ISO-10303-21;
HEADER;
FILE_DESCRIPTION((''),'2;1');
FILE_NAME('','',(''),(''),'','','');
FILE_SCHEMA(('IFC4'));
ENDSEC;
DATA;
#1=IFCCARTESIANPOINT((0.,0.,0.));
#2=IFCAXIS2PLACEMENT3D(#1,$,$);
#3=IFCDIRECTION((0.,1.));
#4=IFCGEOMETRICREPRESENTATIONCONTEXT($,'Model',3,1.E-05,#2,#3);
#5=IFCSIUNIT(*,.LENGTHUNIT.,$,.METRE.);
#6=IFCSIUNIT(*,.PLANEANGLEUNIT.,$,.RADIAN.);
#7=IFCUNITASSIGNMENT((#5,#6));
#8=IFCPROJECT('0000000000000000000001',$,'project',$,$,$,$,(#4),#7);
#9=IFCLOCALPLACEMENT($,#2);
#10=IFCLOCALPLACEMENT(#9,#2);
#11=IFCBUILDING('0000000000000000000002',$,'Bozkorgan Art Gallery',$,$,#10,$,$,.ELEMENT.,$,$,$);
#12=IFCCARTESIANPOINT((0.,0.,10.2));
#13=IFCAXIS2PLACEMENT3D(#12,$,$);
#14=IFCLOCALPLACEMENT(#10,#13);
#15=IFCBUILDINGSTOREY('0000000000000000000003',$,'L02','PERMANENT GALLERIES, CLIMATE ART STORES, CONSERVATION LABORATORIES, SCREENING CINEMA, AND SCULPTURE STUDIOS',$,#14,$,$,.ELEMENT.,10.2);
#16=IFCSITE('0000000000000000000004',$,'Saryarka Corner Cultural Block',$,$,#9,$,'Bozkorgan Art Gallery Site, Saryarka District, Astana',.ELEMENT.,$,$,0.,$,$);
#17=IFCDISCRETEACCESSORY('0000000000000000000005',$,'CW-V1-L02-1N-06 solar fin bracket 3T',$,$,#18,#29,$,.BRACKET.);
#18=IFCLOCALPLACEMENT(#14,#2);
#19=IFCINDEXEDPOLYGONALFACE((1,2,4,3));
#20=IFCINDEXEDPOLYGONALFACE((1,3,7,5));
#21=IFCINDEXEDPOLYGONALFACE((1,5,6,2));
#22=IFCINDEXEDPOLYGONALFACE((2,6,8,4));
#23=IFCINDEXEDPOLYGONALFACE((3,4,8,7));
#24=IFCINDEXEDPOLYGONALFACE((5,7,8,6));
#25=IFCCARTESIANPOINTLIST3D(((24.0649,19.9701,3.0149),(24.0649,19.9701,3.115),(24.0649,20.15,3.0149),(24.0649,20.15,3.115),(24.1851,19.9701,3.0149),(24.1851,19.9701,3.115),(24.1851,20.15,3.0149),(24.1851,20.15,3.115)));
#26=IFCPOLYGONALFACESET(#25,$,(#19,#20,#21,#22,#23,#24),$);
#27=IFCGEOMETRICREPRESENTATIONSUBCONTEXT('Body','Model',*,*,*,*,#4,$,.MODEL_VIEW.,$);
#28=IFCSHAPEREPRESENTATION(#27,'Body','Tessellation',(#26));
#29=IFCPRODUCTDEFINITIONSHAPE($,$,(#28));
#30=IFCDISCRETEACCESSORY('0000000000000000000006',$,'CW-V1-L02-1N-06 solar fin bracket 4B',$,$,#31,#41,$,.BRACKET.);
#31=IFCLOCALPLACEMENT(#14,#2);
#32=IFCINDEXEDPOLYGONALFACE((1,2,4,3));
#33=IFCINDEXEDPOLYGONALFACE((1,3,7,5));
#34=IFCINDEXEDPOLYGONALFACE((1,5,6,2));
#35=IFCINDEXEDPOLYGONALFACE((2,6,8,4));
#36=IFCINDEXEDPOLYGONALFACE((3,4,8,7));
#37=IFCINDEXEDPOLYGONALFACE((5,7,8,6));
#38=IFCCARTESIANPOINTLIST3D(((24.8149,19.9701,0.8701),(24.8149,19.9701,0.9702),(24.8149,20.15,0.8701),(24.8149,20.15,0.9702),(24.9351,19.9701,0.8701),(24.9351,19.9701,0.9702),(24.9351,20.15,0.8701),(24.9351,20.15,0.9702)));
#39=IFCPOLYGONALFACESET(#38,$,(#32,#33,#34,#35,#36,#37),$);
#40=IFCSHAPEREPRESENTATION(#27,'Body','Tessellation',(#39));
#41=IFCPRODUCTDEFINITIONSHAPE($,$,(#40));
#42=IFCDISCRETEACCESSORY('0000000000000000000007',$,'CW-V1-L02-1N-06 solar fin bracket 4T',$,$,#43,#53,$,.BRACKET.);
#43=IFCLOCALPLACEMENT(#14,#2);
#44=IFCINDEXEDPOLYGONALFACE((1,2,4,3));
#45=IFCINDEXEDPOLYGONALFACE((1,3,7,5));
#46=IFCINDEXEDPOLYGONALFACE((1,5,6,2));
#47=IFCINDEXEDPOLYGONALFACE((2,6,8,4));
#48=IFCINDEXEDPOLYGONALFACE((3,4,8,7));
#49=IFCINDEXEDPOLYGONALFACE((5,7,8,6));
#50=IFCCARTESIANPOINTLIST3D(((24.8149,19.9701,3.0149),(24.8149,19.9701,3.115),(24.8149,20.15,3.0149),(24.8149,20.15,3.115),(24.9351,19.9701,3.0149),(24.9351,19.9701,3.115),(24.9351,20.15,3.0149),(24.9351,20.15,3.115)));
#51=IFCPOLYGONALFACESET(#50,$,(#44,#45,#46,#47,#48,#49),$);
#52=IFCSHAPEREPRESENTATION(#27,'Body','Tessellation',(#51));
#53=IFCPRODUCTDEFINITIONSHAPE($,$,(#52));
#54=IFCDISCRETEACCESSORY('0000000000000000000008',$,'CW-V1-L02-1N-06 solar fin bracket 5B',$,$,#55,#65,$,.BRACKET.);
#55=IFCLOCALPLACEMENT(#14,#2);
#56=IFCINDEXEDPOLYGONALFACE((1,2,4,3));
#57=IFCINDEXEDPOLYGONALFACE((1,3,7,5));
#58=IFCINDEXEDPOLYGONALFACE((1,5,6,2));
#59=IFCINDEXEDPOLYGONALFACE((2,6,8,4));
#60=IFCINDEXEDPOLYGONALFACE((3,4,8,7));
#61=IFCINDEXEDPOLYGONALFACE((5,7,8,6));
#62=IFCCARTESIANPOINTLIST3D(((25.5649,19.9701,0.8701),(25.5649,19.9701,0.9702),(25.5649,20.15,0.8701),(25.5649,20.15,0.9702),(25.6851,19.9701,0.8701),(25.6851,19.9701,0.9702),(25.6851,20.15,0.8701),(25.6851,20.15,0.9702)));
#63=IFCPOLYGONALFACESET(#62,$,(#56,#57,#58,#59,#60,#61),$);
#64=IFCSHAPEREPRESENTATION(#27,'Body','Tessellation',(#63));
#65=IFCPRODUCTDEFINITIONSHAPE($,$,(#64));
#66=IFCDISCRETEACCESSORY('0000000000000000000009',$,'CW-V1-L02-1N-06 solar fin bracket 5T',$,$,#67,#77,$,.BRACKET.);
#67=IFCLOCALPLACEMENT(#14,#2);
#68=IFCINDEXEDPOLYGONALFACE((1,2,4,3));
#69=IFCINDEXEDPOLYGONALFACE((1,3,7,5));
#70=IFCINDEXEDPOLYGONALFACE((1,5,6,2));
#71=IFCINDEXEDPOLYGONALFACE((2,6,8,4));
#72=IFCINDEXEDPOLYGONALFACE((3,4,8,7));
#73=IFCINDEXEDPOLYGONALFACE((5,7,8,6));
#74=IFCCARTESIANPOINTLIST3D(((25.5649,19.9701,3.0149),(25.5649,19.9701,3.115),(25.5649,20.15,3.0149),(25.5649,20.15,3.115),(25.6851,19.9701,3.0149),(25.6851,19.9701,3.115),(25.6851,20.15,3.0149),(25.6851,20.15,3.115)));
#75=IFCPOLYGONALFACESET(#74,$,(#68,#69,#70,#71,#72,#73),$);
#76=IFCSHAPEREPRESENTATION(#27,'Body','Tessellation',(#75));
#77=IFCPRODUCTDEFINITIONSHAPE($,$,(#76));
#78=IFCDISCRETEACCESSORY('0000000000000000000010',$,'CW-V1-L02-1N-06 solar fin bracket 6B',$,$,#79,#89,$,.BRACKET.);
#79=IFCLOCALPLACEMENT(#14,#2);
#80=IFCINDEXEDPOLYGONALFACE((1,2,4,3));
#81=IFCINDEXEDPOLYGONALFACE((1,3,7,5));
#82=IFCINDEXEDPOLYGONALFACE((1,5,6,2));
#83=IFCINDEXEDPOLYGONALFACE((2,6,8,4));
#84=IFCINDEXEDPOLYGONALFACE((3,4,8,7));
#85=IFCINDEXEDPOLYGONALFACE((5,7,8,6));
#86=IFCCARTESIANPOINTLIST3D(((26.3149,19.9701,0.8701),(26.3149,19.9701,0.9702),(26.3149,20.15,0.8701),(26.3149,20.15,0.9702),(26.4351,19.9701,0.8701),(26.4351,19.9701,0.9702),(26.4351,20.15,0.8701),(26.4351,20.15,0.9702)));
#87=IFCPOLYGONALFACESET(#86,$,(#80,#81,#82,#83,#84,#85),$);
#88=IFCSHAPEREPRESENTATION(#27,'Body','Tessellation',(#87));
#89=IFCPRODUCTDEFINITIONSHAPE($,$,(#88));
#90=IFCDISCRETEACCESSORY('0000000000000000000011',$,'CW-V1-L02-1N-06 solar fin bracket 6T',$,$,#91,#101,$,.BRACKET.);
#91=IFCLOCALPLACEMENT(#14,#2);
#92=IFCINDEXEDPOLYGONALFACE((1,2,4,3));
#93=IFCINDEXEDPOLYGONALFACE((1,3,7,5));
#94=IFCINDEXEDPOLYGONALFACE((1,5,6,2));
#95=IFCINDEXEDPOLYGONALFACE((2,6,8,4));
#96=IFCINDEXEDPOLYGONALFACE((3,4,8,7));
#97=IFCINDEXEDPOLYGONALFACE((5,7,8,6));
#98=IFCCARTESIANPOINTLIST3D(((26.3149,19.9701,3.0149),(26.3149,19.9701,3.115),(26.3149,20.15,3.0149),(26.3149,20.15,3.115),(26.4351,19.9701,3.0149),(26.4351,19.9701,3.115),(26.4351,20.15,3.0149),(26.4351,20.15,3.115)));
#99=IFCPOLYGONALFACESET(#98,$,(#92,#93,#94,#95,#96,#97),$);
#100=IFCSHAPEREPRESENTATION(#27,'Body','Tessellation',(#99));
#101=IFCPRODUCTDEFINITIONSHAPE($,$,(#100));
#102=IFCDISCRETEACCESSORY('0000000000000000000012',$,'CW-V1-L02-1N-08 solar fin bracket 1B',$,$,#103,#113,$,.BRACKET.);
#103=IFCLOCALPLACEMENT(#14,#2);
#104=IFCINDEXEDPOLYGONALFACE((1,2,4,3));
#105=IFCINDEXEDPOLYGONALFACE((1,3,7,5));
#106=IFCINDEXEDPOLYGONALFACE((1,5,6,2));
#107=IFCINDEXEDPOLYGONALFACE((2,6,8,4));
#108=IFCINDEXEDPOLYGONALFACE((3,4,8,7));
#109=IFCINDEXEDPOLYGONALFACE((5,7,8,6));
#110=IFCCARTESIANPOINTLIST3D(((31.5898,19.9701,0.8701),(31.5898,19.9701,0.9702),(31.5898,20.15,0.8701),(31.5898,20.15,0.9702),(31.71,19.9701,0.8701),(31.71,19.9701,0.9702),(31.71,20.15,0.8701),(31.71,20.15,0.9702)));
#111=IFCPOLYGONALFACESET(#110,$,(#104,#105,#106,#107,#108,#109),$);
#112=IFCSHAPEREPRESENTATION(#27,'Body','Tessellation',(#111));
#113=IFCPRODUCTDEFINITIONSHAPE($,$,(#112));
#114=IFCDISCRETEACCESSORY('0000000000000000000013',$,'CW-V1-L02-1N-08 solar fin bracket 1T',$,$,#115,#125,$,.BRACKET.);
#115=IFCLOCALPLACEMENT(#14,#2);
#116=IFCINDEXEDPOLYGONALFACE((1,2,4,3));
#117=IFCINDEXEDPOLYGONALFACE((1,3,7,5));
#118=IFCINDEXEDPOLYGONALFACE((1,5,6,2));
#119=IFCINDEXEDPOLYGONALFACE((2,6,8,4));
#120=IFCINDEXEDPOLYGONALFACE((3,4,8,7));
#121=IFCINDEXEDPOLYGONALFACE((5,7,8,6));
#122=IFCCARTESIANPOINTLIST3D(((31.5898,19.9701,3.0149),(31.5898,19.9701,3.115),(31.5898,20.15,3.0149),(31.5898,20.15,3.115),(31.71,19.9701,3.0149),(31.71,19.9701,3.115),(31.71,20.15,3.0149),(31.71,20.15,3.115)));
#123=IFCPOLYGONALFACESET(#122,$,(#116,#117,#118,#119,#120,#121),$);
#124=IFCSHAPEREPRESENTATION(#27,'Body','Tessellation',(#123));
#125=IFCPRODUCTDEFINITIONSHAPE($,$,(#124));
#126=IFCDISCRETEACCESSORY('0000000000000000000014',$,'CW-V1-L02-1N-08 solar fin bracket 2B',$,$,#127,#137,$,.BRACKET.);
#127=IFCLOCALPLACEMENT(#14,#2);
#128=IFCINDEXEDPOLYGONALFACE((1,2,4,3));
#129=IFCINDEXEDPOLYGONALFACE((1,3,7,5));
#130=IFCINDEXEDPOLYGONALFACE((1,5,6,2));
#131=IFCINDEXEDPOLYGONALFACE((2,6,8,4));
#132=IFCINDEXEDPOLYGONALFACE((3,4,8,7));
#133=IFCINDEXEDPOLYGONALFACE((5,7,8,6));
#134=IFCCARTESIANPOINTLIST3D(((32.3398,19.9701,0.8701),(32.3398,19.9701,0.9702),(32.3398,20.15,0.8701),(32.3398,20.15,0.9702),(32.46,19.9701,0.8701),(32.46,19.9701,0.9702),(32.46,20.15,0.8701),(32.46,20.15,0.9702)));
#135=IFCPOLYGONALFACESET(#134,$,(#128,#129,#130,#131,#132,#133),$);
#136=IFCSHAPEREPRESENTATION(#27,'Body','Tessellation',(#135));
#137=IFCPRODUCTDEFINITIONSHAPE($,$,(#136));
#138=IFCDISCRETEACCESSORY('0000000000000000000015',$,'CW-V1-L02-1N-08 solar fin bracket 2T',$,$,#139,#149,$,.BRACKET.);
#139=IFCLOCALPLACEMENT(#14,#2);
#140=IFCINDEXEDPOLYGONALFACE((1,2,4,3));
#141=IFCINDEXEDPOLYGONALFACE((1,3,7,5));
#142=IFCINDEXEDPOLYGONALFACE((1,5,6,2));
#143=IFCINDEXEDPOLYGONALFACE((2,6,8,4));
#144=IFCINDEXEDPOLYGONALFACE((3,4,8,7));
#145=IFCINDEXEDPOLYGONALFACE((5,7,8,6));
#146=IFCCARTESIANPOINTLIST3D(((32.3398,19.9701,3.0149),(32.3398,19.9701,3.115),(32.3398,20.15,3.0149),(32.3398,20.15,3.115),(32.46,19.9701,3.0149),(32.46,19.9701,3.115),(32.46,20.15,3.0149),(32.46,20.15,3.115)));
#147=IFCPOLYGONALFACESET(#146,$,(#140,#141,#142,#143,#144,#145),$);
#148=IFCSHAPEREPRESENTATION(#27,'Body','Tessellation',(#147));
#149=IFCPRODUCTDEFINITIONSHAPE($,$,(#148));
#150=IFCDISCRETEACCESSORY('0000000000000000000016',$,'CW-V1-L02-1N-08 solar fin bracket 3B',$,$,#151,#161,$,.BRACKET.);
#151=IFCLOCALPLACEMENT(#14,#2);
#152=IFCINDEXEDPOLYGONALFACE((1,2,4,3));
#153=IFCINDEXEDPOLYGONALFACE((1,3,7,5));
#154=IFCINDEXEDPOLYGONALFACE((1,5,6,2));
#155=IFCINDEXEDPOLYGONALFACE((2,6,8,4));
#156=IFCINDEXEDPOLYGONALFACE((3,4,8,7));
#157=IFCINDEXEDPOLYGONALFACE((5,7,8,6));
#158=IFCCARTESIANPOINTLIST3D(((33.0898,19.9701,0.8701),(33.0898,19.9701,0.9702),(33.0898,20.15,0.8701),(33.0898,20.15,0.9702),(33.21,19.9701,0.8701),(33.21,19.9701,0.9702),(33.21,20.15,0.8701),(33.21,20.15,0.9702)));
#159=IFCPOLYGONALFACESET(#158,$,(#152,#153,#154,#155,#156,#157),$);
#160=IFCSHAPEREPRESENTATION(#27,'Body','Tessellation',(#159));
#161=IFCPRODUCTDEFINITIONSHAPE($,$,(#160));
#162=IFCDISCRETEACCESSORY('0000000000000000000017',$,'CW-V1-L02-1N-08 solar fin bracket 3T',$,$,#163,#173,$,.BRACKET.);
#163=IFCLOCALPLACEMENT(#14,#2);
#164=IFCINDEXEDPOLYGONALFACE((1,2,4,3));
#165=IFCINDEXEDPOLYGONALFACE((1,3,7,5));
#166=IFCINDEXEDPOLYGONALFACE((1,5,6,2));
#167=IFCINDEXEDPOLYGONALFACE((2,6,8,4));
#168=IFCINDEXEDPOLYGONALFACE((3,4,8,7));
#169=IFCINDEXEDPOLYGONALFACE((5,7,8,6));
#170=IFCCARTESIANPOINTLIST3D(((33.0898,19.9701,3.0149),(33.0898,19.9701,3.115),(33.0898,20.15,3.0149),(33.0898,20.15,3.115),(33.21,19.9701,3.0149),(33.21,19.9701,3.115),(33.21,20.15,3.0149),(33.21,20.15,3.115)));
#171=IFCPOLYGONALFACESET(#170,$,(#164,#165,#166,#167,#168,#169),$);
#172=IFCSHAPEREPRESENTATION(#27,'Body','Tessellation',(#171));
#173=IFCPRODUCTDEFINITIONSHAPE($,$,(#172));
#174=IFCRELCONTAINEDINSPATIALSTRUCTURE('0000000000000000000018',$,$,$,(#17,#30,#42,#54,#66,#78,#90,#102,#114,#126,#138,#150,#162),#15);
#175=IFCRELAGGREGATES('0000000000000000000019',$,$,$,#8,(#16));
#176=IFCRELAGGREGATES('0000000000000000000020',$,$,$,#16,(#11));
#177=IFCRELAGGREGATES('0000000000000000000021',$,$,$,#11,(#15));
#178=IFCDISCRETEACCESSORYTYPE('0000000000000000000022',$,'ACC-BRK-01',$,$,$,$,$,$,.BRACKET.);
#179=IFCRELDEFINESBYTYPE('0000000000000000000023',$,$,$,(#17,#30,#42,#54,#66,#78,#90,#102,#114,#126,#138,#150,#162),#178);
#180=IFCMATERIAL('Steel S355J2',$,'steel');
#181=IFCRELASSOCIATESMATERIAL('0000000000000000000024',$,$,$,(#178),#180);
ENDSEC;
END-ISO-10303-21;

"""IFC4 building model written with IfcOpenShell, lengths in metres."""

from ifc_helpers import new_model, si_unit, direction, frame, origin, origin_2d, place, context, subcontext, project, spatial, rectangle, extrude, material, type_object, element, save


model = new_model("IFC4")

# Units and contexts
model_context = context("Model", 3, precision=1e-05, world=origin(), true_north=direction((0.0, 1.0)))
body_context = subcontext(model_context, "Body", "Model", "MODEL_VIEW")
ifc_project = project(units=[si_unit("LENGTHUNIT", "METRE"), si_unit("PLANEANGLEUNIT", "RADIAN")], contexts=[model_context])

# Site, building, storey
site_placement = place(None, origin())
site = spatial("IfcSite", under=ifc_project, at=site_placement, Name="Saryarka Corner Cultural Block", LongName="Bozkorgan Art Gallery Site, Saryarka District, Astana", CompositionType="ELEMENT", RefElevation=0.0)
building_placement = place(site_placement, origin())
building = spatial("IfcBuilding", under=site, at=building_placement, Name="Bozkorgan Art Gallery", CompositionType="ELEMENT")
storey_placement = place(building_placement, frame((0.0, 0.0, 10.2)))
storey = spatial("IfcBuildingStorey", under=building, at=storey_placement, Name="L02", Description="PERMANENT GALLERIES, CLIMATE ART STORES, CONSERVATION LABORATORIES, SCREENING CINEMA, AND SCULPTURE STUDIOS", CompositionType="ELEMENT", Elevation=10.2)

# Discrete accessories
ifc_material_1 = material(Name="Steel S355J2", Category="steel")
discrete_accessory_type = type_object("IfcDiscreteAccessoryType", Name="ACC-BRK-01", PredefinedType="BRACKET", material=ifc_material_1)
for number, where, z_axis, x_axis, name in (
    (1, (24.125, 20.0601, 3.0149), (0.0, 0.0, 1.0), (0.0, 1.0, 0.0), "CW-V1-L02-1N-06 solar fin bracket 3T"),
    (2, (24.875, 20.0601, 0.8701), (0.0, 0.0, 1.0), (0.0, 1.0, 0.0), "CW-V1-L02-1N-06 solar fin bracket 4B"),
    (3, (24.875, 20.0601, 3.0149), (0.0, 0.0, 1.0), (0.0, 1.0, 0.0), "CW-V1-L02-1N-06 solar fin bracket 4T"),
    (4, (25.625, 20.0601, 0.8701), (0.0, 0.0, 1.0), (0.0, 1.0, 0.0), "CW-V1-L02-1N-06 solar fin bracket 5B"),
    (5, (25.625, 20.0601, 3.0149), (0.0, 0.0, 1.0), (0.0, 1.0, 0.0), "CW-V1-L02-1N-06 solar fin bracket 5T"),
    (6, (26.375, 20.0601, 0.8701), (0.0, 0.0, 1.0), (0.0, 1.0, 0.0), "CW-V1-L02-1N-06 solar fin bracket 6B"),
    (7, (26.375, 20.0601, 3.0149), (0.0, 0.0, 1.0), (0.0, 1.0, 0.0), "CW-V1-L02-1N-06 solar fin bracket 6T"),
    (8, (31.6499, 20.0601, 0.8701), (0.0, 0.0, 1.0), (0.0, 1.0, 0.0), "CW-V1-L02-1N-08 solar fin bracket 1B"),
    (9, (31.6499, 20.0601, 3.0149), (0.0, 0.0, 1.0), (0.0, 1.0, 0.0), "CW-V1-L02-1N-08 solar fin bracket 1T"),
    (10, (32.3999, 20.0601, 0.8701), (0.0, 0.0, 1.0), (0.0, 1.0, 0.0), "CW-V1-L02-1N-08 solar fin bracket 2B"),
    (11, (32.3999, 20.0601, 3.0149), (0.0, 0.0, 1.0), (0.0, 1.0, 0.0), "CW-V1-L02-1N-08 solar fin bracket 2T"),
    (12, (33.1499, 20.0601, 0.8701), (0.0, 0.0, 1.0), (0.0, 1.0, 0.0), "CW-V1-L02-1N-08 solar fin bracket 3B"),
    (13, (33.1499, 20.0601, 3.0149), (0.0, 0.0, 1.0), (0.0, 1.0, 0.0), "CW-V1-L02-1N-08 solar fin bracket 3T"),
):
    element("IfcDiscreteAccessory", number, at=place(storey_placement, frame(where, z_axis=z_axis, x_axis=x_axis)), inside=storey, type_object=discrete_accessory_type, Name=name, PredefinedType="BRACKET", context=body_context, shape_type="SweptSolid", body=[
        extrude(rectangle(XDim=0.1799, YDim=0.1201, at=origin_2d()), origin(), (0.0, 0.0, 1.0), 0.1001),
    ])

save(model, "model.ifc")
